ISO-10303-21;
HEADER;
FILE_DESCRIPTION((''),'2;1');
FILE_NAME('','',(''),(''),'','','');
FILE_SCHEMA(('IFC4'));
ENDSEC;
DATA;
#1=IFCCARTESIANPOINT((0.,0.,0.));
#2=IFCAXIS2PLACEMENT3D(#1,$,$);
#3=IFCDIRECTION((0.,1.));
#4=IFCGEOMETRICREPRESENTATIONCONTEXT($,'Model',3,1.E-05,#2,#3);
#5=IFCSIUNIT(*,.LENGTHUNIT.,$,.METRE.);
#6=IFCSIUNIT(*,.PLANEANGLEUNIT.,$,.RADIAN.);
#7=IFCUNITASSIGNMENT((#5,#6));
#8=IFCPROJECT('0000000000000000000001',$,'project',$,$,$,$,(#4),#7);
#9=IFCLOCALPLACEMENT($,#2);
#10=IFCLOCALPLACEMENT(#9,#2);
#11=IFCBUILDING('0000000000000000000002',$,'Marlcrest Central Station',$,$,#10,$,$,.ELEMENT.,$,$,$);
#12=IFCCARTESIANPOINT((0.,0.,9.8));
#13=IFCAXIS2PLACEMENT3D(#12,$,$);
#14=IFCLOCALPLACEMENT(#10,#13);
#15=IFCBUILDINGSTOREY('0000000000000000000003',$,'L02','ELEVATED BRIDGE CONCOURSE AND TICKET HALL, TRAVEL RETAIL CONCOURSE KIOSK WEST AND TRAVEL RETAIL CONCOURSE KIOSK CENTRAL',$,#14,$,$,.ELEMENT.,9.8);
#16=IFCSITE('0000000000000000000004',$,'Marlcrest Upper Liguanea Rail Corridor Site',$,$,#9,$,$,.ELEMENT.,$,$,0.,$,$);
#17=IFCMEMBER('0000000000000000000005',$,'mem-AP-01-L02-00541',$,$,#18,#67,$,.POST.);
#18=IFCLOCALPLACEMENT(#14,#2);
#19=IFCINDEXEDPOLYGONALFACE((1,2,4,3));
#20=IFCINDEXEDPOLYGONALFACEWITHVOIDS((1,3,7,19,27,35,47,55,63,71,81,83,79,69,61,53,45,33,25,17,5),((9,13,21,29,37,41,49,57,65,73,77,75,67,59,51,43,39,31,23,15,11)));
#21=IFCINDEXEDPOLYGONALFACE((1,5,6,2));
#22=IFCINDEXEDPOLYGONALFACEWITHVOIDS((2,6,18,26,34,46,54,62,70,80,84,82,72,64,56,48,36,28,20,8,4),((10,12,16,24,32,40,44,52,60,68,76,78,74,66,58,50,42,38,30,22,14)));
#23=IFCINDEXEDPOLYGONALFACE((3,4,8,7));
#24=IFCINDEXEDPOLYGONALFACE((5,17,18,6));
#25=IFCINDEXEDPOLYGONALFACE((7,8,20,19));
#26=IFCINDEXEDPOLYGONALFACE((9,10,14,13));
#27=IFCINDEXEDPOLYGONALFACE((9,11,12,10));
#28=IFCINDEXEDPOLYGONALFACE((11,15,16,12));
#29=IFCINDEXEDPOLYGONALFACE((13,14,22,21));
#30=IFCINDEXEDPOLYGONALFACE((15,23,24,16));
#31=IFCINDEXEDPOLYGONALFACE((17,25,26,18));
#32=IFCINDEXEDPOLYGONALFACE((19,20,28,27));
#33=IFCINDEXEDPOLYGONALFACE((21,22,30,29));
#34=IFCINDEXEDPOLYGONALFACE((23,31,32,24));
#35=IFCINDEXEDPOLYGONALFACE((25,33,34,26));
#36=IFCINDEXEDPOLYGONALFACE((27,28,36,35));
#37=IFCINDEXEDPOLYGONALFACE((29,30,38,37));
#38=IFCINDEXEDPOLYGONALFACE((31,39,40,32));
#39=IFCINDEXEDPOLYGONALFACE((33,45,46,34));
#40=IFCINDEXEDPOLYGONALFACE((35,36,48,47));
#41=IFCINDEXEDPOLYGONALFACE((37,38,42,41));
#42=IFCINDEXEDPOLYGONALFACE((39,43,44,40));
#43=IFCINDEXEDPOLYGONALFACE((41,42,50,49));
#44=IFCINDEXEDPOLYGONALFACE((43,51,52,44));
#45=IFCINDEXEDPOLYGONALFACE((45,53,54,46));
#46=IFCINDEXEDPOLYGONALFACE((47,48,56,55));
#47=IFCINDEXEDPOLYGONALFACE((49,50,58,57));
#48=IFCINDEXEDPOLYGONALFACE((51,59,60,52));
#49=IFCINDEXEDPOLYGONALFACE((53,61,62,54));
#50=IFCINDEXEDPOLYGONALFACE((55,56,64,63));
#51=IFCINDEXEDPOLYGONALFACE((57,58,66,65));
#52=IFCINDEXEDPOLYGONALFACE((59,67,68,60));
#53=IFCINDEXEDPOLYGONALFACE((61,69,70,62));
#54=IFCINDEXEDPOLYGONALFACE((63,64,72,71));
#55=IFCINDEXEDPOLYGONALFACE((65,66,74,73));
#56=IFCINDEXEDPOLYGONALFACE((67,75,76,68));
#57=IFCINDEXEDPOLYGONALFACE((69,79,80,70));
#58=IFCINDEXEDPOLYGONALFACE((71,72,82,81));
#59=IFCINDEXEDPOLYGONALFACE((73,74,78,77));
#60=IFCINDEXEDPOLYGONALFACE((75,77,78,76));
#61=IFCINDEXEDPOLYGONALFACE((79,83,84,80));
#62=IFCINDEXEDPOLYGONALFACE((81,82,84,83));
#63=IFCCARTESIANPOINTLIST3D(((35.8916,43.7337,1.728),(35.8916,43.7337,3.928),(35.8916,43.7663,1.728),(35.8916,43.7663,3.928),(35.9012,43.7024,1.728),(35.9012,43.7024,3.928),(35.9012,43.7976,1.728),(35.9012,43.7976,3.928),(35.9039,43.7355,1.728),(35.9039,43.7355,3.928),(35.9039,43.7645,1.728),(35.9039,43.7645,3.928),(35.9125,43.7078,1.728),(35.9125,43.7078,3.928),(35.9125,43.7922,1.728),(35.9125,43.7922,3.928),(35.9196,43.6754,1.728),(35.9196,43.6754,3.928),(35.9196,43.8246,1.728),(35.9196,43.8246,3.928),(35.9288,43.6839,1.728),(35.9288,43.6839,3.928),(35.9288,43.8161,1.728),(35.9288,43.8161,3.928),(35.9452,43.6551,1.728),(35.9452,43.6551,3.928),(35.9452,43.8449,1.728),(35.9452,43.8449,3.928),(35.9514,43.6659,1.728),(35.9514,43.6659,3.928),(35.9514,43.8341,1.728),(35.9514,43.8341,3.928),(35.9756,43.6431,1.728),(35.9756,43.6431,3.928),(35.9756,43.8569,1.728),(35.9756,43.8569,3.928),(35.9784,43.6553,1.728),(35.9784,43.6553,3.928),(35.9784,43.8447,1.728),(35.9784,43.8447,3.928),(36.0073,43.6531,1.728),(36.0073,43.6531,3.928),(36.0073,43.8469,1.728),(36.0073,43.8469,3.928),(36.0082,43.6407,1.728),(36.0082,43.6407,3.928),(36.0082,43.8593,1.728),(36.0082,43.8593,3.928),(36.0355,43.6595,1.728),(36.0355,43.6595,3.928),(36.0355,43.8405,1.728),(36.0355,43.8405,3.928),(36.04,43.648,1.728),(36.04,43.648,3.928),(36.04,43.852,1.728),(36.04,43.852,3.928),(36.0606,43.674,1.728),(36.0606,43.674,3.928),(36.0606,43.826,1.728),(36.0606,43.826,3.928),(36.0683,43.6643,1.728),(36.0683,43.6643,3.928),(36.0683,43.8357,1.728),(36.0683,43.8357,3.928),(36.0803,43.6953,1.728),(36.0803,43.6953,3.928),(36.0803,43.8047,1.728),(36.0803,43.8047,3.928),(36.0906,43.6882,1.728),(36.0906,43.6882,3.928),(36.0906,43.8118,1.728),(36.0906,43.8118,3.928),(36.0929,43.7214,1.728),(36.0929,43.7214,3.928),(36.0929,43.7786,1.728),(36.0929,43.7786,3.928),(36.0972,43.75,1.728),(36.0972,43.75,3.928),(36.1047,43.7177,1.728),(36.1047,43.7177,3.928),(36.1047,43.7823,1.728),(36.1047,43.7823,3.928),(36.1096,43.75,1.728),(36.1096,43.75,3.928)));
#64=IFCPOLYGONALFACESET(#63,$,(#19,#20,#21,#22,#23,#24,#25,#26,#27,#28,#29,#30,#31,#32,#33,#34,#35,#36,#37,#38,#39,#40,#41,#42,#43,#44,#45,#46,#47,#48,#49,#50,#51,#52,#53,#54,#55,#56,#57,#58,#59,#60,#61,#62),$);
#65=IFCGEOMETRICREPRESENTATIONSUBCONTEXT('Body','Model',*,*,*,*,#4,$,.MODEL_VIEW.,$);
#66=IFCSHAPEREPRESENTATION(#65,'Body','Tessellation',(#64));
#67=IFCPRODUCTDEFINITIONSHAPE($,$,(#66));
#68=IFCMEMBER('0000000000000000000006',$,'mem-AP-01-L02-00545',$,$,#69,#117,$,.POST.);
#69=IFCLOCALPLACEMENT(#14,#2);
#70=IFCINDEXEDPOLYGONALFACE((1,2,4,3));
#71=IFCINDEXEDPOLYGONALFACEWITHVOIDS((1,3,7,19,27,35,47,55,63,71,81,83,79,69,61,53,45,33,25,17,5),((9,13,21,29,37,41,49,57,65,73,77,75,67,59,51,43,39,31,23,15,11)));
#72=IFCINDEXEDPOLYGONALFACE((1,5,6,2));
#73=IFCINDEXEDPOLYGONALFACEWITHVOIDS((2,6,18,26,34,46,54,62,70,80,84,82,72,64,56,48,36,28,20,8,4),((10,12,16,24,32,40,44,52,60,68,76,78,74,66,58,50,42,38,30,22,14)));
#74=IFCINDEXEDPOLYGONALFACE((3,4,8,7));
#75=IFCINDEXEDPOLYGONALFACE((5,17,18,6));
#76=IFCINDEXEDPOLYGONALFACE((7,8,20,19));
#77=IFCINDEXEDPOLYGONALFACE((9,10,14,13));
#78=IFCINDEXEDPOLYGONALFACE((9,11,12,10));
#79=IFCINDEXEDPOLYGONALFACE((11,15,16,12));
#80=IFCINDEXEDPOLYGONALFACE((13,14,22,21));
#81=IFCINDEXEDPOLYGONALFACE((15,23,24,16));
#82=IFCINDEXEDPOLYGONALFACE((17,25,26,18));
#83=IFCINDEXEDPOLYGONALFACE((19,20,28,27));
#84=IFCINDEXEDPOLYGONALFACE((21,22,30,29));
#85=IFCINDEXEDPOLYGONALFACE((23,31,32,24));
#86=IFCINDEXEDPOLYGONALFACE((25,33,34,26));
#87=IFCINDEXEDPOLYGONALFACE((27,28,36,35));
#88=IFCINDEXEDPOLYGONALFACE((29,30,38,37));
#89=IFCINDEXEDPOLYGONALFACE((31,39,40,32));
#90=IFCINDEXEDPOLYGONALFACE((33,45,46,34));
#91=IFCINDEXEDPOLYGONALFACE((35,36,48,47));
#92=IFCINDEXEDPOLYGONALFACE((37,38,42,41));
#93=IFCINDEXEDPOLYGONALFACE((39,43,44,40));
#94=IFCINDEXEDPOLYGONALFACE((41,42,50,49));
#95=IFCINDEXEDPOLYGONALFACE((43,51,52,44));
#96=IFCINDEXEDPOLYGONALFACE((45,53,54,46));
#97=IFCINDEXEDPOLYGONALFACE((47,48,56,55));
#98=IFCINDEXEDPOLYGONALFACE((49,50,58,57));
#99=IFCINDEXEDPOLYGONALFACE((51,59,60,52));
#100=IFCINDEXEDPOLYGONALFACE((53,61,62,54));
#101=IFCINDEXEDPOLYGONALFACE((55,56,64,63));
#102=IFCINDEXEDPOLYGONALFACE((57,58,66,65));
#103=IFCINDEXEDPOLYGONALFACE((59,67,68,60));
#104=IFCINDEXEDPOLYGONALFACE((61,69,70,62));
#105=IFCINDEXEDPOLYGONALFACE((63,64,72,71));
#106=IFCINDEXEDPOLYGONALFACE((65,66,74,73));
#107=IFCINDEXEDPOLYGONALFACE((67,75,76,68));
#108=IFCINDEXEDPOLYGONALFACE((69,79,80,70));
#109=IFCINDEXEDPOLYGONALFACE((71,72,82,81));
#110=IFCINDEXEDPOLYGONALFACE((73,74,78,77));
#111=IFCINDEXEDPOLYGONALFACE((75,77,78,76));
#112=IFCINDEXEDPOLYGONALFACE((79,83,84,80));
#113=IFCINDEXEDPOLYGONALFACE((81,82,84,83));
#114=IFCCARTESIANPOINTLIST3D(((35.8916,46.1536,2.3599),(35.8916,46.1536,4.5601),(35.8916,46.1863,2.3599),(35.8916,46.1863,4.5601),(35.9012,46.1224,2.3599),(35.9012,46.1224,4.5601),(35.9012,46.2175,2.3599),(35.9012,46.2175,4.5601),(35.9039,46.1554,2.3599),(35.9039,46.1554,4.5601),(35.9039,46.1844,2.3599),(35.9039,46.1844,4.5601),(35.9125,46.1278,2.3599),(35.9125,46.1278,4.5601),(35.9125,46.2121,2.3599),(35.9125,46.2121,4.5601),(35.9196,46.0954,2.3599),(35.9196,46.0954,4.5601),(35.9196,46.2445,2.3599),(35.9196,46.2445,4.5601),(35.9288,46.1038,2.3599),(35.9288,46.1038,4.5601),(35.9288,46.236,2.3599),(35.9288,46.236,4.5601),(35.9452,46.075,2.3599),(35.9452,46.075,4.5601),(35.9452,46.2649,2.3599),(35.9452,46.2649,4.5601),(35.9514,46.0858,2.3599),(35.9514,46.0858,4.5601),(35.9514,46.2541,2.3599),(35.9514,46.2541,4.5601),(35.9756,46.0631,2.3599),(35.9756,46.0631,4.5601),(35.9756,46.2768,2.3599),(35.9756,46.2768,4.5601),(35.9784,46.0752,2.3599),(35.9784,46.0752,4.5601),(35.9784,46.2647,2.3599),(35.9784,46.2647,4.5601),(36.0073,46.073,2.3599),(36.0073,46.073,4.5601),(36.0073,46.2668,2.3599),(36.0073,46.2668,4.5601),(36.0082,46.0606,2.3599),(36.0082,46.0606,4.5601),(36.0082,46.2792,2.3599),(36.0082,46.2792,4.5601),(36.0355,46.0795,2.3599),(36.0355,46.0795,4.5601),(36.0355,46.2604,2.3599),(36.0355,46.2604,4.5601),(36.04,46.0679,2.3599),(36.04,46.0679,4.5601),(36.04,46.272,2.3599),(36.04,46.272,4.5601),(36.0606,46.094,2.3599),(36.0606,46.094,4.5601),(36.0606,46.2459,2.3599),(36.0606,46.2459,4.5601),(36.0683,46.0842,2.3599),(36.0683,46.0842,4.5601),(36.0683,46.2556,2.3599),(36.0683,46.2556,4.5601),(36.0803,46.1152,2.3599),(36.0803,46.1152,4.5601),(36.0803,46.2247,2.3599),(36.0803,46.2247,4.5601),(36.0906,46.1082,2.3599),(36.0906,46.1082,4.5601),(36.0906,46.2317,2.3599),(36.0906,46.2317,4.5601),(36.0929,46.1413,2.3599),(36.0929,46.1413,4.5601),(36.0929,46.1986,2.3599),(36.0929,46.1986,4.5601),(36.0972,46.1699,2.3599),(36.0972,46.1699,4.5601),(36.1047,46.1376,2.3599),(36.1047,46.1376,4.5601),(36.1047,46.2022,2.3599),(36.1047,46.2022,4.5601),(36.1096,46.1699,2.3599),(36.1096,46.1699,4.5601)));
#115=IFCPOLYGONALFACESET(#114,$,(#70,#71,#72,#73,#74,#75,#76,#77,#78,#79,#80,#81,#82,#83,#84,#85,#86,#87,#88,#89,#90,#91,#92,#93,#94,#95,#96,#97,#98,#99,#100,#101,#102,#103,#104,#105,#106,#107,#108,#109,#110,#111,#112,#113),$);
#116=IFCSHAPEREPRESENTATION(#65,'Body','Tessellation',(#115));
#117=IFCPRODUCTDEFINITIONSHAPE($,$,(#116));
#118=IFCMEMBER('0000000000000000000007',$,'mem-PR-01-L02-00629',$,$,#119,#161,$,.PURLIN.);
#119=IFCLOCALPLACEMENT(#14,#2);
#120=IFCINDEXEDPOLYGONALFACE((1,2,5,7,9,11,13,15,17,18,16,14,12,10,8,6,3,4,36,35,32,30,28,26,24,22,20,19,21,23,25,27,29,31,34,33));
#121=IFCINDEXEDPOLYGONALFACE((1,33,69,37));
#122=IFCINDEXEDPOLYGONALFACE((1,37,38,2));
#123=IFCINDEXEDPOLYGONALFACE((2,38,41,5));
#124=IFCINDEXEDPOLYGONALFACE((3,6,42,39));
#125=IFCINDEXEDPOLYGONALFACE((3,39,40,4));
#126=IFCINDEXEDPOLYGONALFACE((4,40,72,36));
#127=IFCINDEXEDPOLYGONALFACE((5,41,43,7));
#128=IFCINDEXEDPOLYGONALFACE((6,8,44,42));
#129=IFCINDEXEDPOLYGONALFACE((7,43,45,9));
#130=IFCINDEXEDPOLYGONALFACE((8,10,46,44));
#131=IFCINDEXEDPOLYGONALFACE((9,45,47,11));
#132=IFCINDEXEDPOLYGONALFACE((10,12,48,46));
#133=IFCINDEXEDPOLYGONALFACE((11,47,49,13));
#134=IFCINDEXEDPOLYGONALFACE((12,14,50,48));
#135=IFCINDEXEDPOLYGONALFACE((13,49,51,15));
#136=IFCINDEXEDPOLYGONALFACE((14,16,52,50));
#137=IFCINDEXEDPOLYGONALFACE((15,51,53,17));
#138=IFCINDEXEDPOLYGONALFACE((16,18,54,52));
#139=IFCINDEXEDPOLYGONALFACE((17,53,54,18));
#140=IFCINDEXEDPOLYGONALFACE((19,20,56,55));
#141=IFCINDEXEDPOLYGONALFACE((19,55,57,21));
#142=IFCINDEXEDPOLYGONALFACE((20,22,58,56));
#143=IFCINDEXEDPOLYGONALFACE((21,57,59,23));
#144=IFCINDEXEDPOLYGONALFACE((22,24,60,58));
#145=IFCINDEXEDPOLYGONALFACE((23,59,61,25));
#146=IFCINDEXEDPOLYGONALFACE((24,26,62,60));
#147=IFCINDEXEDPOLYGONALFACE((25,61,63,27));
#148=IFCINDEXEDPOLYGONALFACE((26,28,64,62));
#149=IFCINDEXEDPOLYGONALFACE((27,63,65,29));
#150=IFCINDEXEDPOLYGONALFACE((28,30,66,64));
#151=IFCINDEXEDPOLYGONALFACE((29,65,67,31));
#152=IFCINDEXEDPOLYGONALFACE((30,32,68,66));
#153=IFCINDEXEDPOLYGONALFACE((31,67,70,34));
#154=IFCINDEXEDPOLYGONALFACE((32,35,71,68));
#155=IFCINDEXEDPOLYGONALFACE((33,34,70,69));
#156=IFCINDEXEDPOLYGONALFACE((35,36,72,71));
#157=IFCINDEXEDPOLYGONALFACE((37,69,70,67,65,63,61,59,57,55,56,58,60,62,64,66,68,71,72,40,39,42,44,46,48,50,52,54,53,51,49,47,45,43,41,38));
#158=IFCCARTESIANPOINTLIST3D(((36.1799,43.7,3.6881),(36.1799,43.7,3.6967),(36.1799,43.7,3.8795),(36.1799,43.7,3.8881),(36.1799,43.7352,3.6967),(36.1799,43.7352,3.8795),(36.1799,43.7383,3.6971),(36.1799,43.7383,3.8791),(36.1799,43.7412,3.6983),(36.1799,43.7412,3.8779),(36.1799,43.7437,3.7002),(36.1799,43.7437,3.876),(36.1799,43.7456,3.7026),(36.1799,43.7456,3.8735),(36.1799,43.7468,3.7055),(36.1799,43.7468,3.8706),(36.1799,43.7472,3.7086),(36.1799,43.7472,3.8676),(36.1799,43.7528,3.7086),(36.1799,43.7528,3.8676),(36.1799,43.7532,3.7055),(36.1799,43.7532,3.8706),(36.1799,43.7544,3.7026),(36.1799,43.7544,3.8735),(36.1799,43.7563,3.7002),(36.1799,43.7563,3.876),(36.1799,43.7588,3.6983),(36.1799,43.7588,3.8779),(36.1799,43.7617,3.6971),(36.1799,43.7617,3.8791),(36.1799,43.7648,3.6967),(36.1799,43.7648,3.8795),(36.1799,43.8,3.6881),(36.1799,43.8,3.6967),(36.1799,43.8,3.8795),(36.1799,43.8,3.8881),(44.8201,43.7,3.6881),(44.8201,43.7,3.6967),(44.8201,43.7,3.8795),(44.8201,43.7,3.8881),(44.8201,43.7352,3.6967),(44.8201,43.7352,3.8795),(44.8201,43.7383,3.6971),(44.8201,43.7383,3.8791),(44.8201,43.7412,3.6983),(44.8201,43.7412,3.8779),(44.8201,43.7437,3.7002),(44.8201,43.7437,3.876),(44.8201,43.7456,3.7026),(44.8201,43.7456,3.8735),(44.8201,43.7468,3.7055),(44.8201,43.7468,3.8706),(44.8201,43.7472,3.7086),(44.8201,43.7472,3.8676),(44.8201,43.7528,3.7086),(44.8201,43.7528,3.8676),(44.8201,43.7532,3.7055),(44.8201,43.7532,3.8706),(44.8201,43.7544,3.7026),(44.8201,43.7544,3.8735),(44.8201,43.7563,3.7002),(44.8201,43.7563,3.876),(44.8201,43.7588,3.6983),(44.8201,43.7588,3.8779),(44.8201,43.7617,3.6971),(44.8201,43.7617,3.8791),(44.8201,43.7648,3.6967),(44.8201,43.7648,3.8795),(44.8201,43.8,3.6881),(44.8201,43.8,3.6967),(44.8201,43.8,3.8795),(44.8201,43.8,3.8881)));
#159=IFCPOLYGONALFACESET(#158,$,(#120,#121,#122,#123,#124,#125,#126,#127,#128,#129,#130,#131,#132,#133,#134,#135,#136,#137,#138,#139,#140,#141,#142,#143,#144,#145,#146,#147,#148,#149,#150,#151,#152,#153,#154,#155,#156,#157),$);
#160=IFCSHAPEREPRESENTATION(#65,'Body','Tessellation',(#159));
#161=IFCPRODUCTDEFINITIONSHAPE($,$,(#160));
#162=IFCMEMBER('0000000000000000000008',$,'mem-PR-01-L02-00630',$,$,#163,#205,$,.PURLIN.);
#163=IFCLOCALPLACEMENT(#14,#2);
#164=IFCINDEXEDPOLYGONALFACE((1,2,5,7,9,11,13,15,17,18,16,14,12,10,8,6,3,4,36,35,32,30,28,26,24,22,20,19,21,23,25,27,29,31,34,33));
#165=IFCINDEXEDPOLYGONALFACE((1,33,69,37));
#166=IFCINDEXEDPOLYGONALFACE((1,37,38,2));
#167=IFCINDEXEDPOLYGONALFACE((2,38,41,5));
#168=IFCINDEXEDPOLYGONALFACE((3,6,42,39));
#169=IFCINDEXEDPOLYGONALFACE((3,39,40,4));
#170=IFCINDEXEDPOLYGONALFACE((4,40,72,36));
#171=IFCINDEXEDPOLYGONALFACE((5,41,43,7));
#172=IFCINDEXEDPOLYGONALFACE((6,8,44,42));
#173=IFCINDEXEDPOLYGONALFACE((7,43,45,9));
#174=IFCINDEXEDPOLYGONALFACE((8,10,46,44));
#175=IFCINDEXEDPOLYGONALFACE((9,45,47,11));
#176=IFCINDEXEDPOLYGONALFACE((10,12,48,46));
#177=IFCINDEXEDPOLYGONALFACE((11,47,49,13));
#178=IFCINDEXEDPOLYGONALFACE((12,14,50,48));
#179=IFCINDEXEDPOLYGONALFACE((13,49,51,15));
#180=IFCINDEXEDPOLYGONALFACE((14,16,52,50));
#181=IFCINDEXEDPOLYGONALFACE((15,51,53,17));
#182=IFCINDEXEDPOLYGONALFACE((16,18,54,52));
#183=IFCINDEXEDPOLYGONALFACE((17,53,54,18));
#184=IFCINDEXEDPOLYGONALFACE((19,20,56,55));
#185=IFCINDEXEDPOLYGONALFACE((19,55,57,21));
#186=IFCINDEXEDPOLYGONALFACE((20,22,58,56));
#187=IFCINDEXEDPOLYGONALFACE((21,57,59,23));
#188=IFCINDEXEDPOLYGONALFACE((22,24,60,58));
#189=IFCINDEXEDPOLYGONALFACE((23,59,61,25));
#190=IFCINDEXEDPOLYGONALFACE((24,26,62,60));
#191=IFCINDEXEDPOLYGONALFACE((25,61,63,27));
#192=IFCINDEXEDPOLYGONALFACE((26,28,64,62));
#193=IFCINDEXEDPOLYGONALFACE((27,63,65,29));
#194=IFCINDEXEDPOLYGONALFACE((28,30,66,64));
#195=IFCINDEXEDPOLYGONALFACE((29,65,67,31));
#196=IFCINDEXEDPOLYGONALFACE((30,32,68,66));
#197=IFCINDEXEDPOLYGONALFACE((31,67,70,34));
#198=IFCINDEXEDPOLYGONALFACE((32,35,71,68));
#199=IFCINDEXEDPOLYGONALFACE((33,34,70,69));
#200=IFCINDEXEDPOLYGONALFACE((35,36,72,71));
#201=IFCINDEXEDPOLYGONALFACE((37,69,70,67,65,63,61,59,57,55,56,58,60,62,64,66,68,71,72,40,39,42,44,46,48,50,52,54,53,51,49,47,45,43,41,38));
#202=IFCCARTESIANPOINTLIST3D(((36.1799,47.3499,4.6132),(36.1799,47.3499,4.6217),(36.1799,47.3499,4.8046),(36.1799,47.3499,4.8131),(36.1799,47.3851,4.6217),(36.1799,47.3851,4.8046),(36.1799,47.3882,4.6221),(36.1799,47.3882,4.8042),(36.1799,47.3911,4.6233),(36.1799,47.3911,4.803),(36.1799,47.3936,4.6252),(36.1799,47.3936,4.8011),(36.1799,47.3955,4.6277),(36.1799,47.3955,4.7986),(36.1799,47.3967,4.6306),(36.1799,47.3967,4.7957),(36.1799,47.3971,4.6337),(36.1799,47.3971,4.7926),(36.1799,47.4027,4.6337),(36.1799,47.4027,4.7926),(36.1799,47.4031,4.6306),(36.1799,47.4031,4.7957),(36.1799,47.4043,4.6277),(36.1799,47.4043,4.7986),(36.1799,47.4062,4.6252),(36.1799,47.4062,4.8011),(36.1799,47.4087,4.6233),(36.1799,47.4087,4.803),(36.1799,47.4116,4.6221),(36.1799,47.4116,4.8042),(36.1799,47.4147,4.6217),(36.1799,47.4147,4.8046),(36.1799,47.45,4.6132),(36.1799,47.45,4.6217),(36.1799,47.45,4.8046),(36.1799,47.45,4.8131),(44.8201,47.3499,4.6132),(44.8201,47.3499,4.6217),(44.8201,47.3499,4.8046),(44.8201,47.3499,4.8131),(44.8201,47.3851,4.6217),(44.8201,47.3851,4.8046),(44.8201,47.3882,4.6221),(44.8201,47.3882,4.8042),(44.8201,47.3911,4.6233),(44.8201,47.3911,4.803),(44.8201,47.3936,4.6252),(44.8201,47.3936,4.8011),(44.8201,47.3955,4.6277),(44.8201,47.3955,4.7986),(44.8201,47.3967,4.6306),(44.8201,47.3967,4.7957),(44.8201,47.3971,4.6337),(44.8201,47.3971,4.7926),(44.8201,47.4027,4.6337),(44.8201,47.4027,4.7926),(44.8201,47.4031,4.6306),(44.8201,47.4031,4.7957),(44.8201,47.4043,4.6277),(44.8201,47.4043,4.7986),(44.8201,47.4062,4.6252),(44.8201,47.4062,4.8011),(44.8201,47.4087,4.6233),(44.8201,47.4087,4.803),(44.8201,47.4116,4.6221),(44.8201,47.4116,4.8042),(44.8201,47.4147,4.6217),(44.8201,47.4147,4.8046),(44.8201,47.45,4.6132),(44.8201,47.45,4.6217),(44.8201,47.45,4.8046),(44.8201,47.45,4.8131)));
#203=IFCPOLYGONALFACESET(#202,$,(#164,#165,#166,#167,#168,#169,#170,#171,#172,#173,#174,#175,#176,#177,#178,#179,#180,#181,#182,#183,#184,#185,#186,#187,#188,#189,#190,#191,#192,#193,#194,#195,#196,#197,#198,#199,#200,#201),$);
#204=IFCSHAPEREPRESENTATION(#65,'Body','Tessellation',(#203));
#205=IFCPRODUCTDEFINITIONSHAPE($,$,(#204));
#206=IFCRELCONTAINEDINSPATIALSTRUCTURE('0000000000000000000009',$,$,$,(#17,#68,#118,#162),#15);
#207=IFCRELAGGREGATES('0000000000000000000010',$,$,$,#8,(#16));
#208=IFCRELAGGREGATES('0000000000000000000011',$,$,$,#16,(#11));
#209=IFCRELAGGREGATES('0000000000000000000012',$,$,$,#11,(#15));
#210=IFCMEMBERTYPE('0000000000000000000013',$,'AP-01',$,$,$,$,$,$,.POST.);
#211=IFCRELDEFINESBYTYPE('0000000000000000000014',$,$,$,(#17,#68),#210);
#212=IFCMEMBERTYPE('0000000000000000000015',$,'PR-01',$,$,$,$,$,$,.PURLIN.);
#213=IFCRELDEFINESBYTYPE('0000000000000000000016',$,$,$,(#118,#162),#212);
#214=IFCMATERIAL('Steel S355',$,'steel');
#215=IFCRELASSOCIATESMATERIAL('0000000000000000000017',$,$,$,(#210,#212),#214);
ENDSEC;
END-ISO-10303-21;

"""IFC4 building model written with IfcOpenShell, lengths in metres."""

from ifc_helpers import new_model, si_unit, direction, frame, origin, origin_2d, place, context, subcontext, project, spatial, hollow_circle, i_section, extrude, material, material_profile, profile_set, type_object, element, save


model = new_model("IFC4")

# Units and contexts
model_context = context("Model", 3, precision=1e-05, world=origin(), true_north=direction((0.0, 1.0)))
body_context = subcontext(model_context, "Body", "Model", "MODEL_VIEW")
ifc_project = project(units=[si_unit("LENGTHUNIT", "METRE"), si_unit("PLANEANGLEUNIT", "RADIAN")], contexts=[model_context])

# Site, building, storey
site_placement = place(None, origin())
site = spatial("IfcSite", under=ifc_project, at=site_placement, Name="Marlcrest Upper Liguanea Rail Corridor Site", CompositionType="ELEMENT", RefElevation=0.0)
building_placement = place(site_placement, origin())
building = spatial("IfcBuilding", under=site, at=building_placement, Name="Marlcrest Central Station", CompositionType="ELEMENT")
storey_placement = place(building_placement, frame((0.0, 0.0, 9.8)))
storey = spatial("IfcBuildingStorey", under=building, at=storey_placement, Name="L02", Description="ELEVATED BRIDGE CONCOURSE AND TICKET HALL, TRAVEL RETAIL CONCOURSE KIOSK WEST AND TRAVEL RETAIL CONCOURSE KIOSK CENTRAL", CompositionType="ELEMENT", Elevation=9.8)

# Members
ifc_material_1 = material(Name="Steel S355", Category="steel")
ifc_material_profile_1 = material_profile(ifc_material_1, hollow_circle(Radius=0.1096, WallThickness=0.0125, at=origin_2d()), Name="CHS 219.1x12.5")
ifc_profile_set_1 = profile_set([ifc_material_profile_1], Name="Steel S355")
member_type_1 = type_object("IfcMemberType", Name="AP-01", PredefinedType="POST", material=ifc_profile_set_1)
member_1_placement = place(storey_placement, frame((36.0, 43.75, 1.728), z_axis=(0.0, 0.0, 1.0), x_axis=(1.0, 0.0, 0.0)))
element("IfcMember", 1, at=member_1_placement, inside=storey, type_object=member_type_1, Name="mem-AP-01-L02-00541", PredefinedType="POST", context=body_context, shape_type="SweptSolid", body=[
    extrude(hollow_circle(Radius=0.1096, WallThickness=0.0125, at=origin_2d()), origin(), (0.0, 0.0, 1.0), 2.2),
])
member_2_placement = place(storey_placement, frame((36.0, 46.1699, 2.3599), z_axis=(0.0, 0.0, 1.0), x_axis=(1.0, 0.0, 0.0)))
element("IfcMember", 2, at=member_2_placement, inside=storey, type_object=member_type_1, Name="mem-AP-01-L02-00545", PredefinedType="POST", context=body_context, shape_type="SweptSolid", body=[
    extrude(hollow_circle(Radius=0.1096, WallThickness=0.0125, at=origin_2d()), origin(), (0.0, 0.0, 1.0), 2.2002),
])
ifc_material_profile_2 = material_profile(ifc_material_1, i_section(OverallWidth=0.1001, OverallDepth=0.2, WebThickness=0.0056, FlangeThickness=0.0085, FilletRadius=0.012, at=origin_2d()), Name="IPE 200")
ifc_profile_set_2 = profile_set([ifc_material_profile_2], Name="Steel S355")
member_type_2 = type_object("IfcMemberType", Name="PR-01", PredefinedType="PURLIN", material=ifc_profile_set_2)
for number, where, z_axis, x_axis, name in (
    (3, (36.1799, 43.75, 3.7881), (1.0, 0.0, 0.0), (0.0, 1.0, 0.0), "mem-PR-01-L02-00629"),
    (4, (36.1799, 47.3999, 4.7131), (1.0, 0.0, 0.0), (0.0, 1.0, 0.0), "mem-PR-01-L02-00630"),
):
    element("IfcMember", number, at=place(storey_placement, frame(where, z_axis=z_axis, x_axis=x_axis)), inside=storey, type_object=member_type_2, Name=name, PredefinedType="PURLIN", context=body_context, shape_type="SweptSolid", body=[
        extrude(i_section(OverallWidth=0.1001, OverallDepth=0.2, WebThickness=0.0056, FlangeThickness=0.0085, FilletRadius=0.012, at=origin_2d()), origin(), (0.0, 0.0, 1.0), 8.6401),
    ])

save(model, "model.ifc")
